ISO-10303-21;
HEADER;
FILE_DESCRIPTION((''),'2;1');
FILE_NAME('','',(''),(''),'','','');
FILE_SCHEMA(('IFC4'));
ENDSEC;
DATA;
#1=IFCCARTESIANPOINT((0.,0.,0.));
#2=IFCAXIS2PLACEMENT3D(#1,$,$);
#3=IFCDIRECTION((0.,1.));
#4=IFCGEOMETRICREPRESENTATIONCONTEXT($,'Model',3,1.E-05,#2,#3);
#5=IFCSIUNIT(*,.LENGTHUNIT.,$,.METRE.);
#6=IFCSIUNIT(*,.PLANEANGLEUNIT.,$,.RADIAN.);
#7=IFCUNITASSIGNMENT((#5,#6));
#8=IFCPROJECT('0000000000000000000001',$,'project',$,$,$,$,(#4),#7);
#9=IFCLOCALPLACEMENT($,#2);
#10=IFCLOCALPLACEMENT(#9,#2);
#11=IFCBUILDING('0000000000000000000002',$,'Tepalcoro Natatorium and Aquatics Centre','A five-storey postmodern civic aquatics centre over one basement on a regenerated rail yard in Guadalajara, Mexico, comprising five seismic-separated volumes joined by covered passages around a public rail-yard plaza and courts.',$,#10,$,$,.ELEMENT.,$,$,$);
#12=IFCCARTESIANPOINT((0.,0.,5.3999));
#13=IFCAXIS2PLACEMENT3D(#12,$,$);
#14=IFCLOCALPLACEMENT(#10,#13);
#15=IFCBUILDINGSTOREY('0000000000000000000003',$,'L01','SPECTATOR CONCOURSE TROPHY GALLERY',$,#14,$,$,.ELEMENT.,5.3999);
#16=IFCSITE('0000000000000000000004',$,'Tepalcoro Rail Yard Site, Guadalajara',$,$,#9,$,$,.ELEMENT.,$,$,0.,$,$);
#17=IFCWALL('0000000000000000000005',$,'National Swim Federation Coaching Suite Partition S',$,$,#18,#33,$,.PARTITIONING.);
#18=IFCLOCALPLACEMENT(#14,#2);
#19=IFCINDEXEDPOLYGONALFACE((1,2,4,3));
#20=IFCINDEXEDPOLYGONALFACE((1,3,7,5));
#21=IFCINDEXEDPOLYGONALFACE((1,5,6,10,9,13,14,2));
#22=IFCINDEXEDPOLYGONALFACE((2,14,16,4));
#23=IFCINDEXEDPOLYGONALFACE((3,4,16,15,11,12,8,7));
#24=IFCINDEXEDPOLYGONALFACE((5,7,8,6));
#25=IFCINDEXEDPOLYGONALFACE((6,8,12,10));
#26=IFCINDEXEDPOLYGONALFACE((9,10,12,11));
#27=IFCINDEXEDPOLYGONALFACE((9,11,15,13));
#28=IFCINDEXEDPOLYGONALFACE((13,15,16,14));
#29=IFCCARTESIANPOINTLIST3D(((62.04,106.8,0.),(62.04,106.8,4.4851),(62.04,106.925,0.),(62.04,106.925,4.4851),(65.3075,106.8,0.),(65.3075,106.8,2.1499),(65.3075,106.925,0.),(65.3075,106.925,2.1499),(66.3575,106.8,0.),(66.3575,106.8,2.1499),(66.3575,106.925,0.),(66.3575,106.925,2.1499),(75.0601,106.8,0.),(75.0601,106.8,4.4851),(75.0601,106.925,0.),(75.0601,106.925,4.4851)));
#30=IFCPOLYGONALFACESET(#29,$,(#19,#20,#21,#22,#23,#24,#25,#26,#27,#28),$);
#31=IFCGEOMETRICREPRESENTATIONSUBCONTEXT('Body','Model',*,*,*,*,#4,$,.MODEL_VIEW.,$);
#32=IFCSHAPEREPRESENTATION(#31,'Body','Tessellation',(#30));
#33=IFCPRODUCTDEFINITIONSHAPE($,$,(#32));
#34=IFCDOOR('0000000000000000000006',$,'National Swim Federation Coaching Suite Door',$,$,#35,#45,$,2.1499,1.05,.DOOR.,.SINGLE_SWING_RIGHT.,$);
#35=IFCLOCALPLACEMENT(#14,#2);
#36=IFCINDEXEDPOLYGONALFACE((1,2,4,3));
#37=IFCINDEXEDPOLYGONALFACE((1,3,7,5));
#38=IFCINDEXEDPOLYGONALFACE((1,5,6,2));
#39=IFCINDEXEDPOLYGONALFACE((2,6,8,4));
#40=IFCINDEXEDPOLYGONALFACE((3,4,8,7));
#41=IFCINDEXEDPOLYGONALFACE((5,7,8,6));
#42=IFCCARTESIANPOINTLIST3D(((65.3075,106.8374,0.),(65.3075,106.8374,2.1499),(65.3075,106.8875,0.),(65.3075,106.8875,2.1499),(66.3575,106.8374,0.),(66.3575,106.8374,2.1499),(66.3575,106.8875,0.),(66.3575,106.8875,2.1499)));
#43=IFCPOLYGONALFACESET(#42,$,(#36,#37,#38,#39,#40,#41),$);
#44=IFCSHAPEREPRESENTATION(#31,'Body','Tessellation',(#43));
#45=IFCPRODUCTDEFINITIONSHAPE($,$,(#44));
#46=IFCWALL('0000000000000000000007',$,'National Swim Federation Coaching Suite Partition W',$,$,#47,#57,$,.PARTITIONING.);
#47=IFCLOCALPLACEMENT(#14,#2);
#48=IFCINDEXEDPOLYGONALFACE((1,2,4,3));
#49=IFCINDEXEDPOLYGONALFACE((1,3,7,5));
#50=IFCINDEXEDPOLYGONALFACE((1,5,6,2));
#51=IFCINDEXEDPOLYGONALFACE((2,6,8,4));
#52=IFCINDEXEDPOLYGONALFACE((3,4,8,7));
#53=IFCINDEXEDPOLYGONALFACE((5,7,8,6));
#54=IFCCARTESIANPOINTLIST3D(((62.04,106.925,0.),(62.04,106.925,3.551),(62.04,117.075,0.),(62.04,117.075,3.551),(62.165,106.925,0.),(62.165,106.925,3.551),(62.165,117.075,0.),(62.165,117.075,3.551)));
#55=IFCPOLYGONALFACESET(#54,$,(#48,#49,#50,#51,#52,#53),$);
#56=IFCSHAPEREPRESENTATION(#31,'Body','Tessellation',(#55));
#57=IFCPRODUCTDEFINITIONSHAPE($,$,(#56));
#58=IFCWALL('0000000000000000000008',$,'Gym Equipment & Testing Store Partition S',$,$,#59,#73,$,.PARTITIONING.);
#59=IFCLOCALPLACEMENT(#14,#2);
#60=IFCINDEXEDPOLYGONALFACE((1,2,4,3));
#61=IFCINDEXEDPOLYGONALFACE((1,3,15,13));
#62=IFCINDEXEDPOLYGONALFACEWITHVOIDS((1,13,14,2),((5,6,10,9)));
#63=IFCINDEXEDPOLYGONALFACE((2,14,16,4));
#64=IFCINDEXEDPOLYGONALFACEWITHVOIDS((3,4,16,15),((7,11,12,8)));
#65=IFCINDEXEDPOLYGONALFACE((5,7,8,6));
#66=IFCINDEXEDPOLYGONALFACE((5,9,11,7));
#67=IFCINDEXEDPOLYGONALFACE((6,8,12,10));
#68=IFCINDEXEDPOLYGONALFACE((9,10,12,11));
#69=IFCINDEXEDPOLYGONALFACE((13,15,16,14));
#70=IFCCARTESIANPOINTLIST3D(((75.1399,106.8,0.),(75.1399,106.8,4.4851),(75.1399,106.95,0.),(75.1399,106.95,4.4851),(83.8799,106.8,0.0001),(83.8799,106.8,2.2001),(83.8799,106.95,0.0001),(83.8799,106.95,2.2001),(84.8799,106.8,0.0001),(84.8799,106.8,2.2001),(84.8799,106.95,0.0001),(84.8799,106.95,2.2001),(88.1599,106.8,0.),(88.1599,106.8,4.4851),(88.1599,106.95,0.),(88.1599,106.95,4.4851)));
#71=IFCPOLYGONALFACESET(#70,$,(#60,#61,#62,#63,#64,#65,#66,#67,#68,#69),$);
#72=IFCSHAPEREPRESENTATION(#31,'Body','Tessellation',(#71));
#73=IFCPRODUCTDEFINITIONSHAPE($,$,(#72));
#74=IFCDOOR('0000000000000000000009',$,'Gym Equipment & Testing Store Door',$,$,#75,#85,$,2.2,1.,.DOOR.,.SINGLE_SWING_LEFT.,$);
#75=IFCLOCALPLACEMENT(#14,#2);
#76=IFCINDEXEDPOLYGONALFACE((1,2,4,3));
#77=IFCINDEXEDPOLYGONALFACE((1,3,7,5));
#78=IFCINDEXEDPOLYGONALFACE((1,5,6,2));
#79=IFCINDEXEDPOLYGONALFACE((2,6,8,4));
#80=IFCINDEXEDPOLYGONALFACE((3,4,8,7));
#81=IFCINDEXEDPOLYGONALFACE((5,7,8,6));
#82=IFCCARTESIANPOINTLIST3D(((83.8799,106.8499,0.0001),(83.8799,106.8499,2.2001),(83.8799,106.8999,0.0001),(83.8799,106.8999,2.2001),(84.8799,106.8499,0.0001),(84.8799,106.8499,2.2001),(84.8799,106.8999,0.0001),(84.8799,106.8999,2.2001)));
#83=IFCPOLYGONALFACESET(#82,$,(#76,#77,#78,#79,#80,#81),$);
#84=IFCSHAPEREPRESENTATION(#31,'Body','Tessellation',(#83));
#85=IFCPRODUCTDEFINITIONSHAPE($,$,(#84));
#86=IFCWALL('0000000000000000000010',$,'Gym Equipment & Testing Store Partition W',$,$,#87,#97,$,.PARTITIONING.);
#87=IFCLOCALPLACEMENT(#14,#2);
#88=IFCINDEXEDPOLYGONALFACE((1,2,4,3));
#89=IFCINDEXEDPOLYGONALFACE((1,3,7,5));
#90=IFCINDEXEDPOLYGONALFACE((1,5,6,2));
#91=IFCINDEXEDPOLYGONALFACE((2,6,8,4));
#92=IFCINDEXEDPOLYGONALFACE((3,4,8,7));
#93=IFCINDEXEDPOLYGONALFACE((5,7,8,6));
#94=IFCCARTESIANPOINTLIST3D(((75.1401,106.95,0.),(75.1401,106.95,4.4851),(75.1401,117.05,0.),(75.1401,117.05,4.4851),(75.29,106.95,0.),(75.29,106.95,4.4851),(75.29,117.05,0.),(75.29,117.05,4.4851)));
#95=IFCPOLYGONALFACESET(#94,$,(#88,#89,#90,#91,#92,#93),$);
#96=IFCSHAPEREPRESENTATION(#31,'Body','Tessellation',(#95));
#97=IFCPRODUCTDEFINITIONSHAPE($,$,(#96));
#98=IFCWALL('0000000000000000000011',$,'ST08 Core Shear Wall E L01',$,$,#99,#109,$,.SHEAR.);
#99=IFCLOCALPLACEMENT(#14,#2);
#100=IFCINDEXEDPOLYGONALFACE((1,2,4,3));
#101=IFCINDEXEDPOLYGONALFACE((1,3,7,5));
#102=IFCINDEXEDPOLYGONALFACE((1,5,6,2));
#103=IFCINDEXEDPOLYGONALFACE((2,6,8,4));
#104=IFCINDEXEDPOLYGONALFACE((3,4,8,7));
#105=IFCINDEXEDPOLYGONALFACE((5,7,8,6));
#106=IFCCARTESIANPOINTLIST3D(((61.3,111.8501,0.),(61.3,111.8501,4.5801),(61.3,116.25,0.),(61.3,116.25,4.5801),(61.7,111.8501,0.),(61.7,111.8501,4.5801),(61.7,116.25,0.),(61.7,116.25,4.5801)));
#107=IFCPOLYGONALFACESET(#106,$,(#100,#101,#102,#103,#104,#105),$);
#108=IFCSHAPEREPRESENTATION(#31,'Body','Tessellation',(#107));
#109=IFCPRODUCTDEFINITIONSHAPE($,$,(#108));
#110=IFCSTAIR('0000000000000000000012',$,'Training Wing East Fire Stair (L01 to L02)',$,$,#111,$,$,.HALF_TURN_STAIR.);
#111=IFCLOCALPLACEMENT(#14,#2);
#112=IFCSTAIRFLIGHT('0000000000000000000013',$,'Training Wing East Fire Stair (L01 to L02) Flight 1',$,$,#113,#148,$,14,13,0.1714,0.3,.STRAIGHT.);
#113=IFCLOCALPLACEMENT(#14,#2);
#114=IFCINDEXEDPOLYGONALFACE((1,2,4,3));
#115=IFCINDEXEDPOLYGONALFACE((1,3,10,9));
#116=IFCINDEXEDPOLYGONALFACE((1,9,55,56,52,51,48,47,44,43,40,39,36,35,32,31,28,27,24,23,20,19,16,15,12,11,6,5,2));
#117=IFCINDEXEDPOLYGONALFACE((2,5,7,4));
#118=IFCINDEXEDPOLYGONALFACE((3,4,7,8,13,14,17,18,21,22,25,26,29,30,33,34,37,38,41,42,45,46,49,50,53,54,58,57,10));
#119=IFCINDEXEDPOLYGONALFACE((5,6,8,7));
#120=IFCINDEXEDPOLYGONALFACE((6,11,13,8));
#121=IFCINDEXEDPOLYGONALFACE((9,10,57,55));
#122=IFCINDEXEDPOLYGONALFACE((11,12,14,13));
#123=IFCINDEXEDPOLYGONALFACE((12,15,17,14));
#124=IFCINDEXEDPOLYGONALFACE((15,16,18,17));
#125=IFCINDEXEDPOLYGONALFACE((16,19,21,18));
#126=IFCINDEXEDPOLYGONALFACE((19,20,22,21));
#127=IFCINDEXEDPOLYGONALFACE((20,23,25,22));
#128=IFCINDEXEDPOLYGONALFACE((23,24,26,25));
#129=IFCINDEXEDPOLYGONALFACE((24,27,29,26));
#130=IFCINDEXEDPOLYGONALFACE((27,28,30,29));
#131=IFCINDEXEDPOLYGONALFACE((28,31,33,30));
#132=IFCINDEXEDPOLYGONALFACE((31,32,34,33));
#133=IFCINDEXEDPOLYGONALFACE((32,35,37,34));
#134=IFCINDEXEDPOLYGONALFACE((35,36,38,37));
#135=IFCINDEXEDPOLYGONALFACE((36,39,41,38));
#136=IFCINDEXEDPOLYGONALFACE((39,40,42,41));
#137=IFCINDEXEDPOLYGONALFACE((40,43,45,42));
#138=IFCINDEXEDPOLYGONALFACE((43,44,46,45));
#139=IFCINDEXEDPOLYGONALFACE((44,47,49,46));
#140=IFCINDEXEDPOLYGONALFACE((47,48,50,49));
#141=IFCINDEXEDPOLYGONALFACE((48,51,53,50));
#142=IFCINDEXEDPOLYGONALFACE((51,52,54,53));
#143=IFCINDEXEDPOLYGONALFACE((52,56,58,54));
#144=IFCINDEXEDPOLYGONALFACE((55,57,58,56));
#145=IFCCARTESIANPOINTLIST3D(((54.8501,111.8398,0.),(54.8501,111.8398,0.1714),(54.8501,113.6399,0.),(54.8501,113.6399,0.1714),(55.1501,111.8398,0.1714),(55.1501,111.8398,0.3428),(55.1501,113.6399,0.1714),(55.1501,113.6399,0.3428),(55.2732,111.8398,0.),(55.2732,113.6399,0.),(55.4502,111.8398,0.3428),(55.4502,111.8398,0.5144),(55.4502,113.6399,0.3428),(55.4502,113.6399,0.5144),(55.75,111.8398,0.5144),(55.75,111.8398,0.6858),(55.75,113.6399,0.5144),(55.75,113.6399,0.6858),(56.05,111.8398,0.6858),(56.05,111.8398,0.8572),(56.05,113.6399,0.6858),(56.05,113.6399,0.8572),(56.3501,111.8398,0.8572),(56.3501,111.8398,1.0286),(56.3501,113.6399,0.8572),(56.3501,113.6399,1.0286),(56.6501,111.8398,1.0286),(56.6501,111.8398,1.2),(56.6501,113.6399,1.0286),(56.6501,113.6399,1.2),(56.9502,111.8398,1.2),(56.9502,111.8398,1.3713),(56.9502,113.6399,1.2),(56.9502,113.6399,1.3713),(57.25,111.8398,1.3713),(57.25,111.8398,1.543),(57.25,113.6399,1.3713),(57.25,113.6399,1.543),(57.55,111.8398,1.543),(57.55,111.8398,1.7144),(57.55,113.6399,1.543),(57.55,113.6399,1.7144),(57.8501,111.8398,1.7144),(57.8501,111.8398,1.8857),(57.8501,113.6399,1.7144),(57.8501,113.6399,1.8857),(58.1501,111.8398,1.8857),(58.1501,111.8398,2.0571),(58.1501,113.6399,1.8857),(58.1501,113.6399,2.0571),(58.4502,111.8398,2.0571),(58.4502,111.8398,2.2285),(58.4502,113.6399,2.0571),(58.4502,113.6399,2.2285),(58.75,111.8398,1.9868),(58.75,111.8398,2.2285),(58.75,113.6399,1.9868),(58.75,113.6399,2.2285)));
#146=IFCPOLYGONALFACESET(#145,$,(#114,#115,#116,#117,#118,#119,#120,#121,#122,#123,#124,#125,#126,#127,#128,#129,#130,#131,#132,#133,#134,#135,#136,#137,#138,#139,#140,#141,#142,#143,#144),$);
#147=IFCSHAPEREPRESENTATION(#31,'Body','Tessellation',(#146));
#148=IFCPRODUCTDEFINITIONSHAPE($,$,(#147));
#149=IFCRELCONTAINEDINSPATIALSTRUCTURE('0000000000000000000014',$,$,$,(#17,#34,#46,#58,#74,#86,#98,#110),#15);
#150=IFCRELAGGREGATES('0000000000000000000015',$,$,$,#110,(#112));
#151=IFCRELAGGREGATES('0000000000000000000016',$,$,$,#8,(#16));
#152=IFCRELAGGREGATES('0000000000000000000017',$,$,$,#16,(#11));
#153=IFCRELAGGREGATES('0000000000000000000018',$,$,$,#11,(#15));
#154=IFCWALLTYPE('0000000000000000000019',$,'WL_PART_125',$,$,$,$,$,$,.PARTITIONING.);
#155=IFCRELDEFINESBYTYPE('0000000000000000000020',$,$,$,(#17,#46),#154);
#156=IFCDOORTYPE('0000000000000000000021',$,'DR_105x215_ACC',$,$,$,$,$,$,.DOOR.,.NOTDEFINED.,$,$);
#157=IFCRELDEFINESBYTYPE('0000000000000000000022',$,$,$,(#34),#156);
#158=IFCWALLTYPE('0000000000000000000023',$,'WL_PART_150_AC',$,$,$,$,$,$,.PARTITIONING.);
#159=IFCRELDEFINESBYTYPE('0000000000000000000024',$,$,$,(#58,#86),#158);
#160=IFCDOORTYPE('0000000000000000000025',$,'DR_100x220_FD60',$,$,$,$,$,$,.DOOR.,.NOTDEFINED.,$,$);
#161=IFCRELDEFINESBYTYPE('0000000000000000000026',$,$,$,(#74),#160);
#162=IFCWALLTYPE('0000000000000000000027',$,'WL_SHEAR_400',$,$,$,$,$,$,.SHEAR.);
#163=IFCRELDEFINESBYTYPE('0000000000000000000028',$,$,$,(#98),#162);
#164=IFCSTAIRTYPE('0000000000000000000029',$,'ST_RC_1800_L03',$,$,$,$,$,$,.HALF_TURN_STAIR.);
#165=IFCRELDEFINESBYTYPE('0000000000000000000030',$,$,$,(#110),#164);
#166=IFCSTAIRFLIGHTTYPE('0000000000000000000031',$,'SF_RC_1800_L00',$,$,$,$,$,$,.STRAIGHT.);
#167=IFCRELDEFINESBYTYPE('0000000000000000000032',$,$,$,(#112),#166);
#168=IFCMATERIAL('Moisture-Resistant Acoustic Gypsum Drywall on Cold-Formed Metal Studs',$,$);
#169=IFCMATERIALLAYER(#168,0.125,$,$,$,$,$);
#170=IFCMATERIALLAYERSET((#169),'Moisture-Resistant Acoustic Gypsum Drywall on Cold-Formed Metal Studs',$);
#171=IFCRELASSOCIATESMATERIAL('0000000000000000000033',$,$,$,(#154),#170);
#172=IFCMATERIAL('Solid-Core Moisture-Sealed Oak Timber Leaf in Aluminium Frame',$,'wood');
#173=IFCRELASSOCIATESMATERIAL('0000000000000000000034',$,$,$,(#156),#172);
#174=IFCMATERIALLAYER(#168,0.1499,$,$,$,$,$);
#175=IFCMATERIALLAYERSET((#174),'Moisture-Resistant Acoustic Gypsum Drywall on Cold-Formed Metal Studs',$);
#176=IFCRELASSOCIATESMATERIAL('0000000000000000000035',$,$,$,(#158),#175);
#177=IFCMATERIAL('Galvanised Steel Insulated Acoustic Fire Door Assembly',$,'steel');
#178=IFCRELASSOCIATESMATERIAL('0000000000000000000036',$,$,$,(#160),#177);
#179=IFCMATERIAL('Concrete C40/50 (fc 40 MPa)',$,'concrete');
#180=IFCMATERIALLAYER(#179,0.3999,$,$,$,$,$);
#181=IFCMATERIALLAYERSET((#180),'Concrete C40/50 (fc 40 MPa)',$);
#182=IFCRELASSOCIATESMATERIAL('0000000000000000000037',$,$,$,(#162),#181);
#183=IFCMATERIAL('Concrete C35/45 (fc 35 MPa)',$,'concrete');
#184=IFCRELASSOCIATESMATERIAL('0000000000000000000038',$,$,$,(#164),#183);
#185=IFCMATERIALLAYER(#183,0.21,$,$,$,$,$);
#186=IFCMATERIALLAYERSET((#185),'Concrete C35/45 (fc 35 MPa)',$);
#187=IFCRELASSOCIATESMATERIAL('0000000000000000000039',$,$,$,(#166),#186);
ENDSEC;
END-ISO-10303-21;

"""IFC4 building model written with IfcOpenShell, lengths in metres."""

from ifc_helpers import new_model, si_unit, direction, frame, frame_2d, origin, place, context, subcontext, project, spatial, polyline, rectangle, outline, extrude, material, layer, layer_set, type_object, element, fill, aggregate, save


model = new_model("IFC4")

# Units and contexts
model_context = context("Model", 3, precision=1e-05, world=origin(), true_north=direction((0.0, 1.0)))
body_context = subcontext(model_context, "Body", "Model", "MODEL_VIEW")
ifc_project = project(units=[si_unit("LENGTHUNIT", "METRE"), si_unit("PLANEANGLEUNIT", "RADIAN")], contexts=[model_context])

# Site, building, storey
site_placement = place(None, origin())
site = spatial("IfcSite", under=ifc_project, at=site_placement, Name="Tepalcoro Rail Yard Site, Guadalajara", CompositionType="ELEMENT", RefElevation=0.0)
building_placement = place(site_placement, origin())
building = spatial("IfcBuilding", under=site, at=building_placement, Name="Tepalcoro Natatorium and Aquatics Centre", Description="A five-storey postmodern civic aquatics centre over one basement on a regenerated rail yard in Guadalajara, Mexico, comprising five seismic-separated volumes joined by covered passages around a public rail-yard plaza and courts.", CompositionType="ELEMENT")
storey_placement = place(building_placement, frame((0.0, 0.0, 5.3999)))
storey = spatial("IfcBuildingStorey", under=building, at=storey_placement, Name="L01", Description="SPECTATOR CONCOURSE TROPHY GALLERY", CompositionType="ELEMENT", Elevation=5.3999)

# Shared definitions
ifc_material_1 = material(Name="Concrete C40/50 (fc 40 MPa)", Category="concrete")

# Wall, opening, door
ifc_material_2 = material(Name="Moisture-Resistant Acoustic Gypsum Drywall on Cold-Formed Metal Studs")
ifc_layer_1 = layer(ifc_material_2, 0.125)
ifc_layer_set_1 = layer_set([ifc_layer_1], Name="Moisture-Resistant Acoustic Gypsum Drywall on Cold-Formed Metal Studs")
wall_type_1 = type_object("IfcWallType", Name="WL_PART_125", PredefinedType="PARTITIONING", material=ifc_layer_set_1)
wall_1_placement = place(storey_placement, frame((62.04, 106.8625, 0.0), z_axis=(0.0, 0.0, 1.0), x_axis=(1.0, 0.0, 0.0)))
wall_1 = element("IfcWall", 1, at=wall_1_placement, inside=storey, type_object=wall_type_1, Name="National Swim Federation Coaching Suite Partition S", PredefinedType="PARTITIONING", context=body_context, shape_type="SweptSolid", body=[
    extrude(rectangle(XDim=13.02, YDim=0.125, at=frame_2d((6.51, 0.0))), origin(), (0.0, 0.0, 1.0), 4.4851),
])
opening_1_placement = place(wall_1_placement, frame((3.2676, 0.0, 0.0)))
opening_1 = element("IfcOpeningElement", 2, at=opening_1_placement, cuts=wall_1, PredefinedType="OPENING", context=body_context, shape_type="SweptSolid", body=[
    extrude(rectangle(XDim=1.05, YDim=2.1499, at=frame_2d((0.5249, 1.075))), frame((0.0, 0.0745, 0.0), z_axis=(0.0, -1.0, 0.0), x_axis=(1.0, 0.0, 0.0)), (0.0, 0.0, 1.0), 0.1489),
])
ifc_material_3 = material(Name="Solid-Core Moisture-Sealed Oak Timber Leaf in Aluminium Frame", Category="wood")
door_type_1 = type_object("IfcDoorType", Name="DR_105x215_ACC", OperationType="NOTDEFINED", PredefinedType="DOOR", material=ifc_material_3)
door_1_placement = place(opening_1_placement, origin())
door_1 = element("IfcDoor", 3, at=door_1_placement, inside=storey, type_object=door_type_1, Name="National Swim Federation Coaching Suite Door", OperationType="SINGLE_SWING_RIGHT", OverallHeight=2.1499, OverallWidth=1.05, PredefinedType="DOOR", context=body_context, shape_type="SweptSolid", body=[
    extrude(rectangle(XDim=1.05, YDim=2.1499, at=frame_2d((0.5249, 1.075))), frame((0.0, 0.0249, 0.0), z_axis=(0.0, -1.0, 0.0), x_axis=(1.0, 0.0, 0.0)), (0.0, 0.0, 1.0), 0.05),
])
fill(opening_1, door_1)

# Wall
wall_2_placement = place(storey_placement, frame((62.1025, 106.925, 0.0), z_axis=(0.0, 0.0, 1.0), x_axis=(0.0, 1.0, 0.0)))
element("IfcWall", 4, at=wall_2_placement, inside=storey, type_object=wall_type_1, Name="National Swim Federation Coaching Suite Partition W", PredefinedType="PARTITIONING", context=body_context, shape_type="SweptSolid", body=[
    extrude(rectangle(XDim=10.1499, YDim=0.125, at=frame_2d((5.075, 0.0))), origin(), (0.0, 0.0, 1.0), 3.551),
])

# Wall, opening, door
ifc_layer_2 = layer(ifc_material_2, 0.1499)
ifc_layer_set_2 = layer_set([ifc_layer_2], Name="Moisture-Resistant Acoustic Gypsum Drywall on Cold-Formed Metal Studs")
wall_type_2 = type_object("IfcWallType", Name="WL_PART_150_AC", PredefinedType="PARTITIONING", material=ifc_layer_set_2)
wall_3_placement = place(storey_placement, frame((75.1399, 106.875, 0.0), z_axis=(0.0, 0.0, 1.0), x_axis=(1.0, 0.0, 0.0)))
wall_3 = element("IfcWall", 5, at=wall_3_placement, inside=storey, type_object=wall_type_2, Name="Gym Equipment & Testing Store Partition S", PredefinedType="PARTITIONING", context=body_context, shape_type="SweptSolid", body=[
    extrude(rectangle(XDim=13.02, YDim=0.1499, at=frame_2d((6.51, 0.0))), origin(), (0.0, 0.0, 1.0), 4.4851),
])
opening_2_placement = place(wall_3_placement, frame((8.74, 0.0, 0.0)))
opening_2 = element("IfcOpeningElement", 6, at=opening_2_placement, cuts=wall_3, PredefinedType="OPENING", context=body_context, shape_type="SweptSolid", body=[
    extrude(rectangle(XDim=1.0, YDim=2.2, at=frame_2d((0.5, 1.1001))), frame((0.0, 0.0869, 0.0), z_axis=(0.0, -1.0, 0.0), x_axis=(1.0, 0.0, 0.0)), (0.0, 0.0, 1.0), 0.1738),
])
ifc_material_4 = material(Name="Galvanised Steel Insulated Acoustic Fire Door Assembly", Category="steel")
door_type_2 = type_object("IfcDoorType", Name="DR_100x220_FD60", OperationType="NOTDEFINED", PredefinedType="DOOR", material=ifc_material_4)
door_2_placement = place(opening_2_placement, origin())
door_2 = element("IfcDoor", 7, at=door_2_placement, inside=storey, type_object=door_type_2, Name="Gym Equipment & Testing Store Door", OperationType="SINGLE_SWING_LEFT", OverallHeight=2.2, OverallWidth=1.0, PredefinedType="DOOR", context=body_context, shape_type="SweptSolid", body=[
    extrude(rectangle(XDim=1.0, YDim=2.2, at=frame_2d((0.5, 1.1001))), frame((0.0, 0.0249, 0.0), z_axis=(0.0, -1.0, 0.0), x_axis=(1.0, 0.0, 0.0)), (0.0, 0.0, 1.0), 0.05),
])
fill(opening_2, door_2)

# Walls
wall_4_placement = place(storey_placement, frame((75.2151, 106.95, 0.0), z_axis=(0.0, 0.0, 1.0), x_axis=(0.0, 1.0, 0.0)))
element("IfcWall", 8, at=wall_4_placement, inside=storey, type_object=wall_type_2, Name="Gym Equipment & Testing Store Partition W", PredefinedType="PARTITIONING", context=body_context, shape_type="SweptSolid", body=[
    extrude(rectangle(XDim=10.1001, YDim=0.1499, at=frame_2d((5.05, 0.0))), origin(), (0.0, 0.0, 1.0), 4.4851),
])
ifc_layer_3 = layer(ifc_material_1, 0.3999)
ifc_layer_set_3 = layer_set([ifc_layer_3], Name="Concrete C40/50 (fc 40 MPa)")
wall_type_3 = type_object("IfcWallType", Name="WL_SHEAR_400", PredefinedType="SHEAR", material=ifc_layer_set_3)
wall_5_placement = place(storey_placement, frame((61.5, 111.8501, 0.0), z_axis=(0.0, 0.0, 1.0), x_axis=(0.0, 1.0, 0.0)))
element("IfcWall", 9, at=wall_5_placement, inside=storey, type_object=wall_type_3, Name="ST08 Core Shear Wall E L01", PredefinedType="SHEAR", context=body_context, shape_type="SweptSolid", body=[
    extrude(rectangle(XDim=4.3999, YDim=0.3999, at=frame_2d((2.2, 0.0))), origin(), (0.0, 0.0, 1.0), 4.5801),
])

# Stair, stair flight
ifc_material_5 = material(Name="Concrete C35/45 (fc 35 MPa)", Category="concrete")
stair_type = type_object("IfcStairType", Name="ST_RC_1800_L03", PredefinedType="HALF_TURN_STAIR", material=ifc_material_5)
stair_placement = place(storey_placement, origin())
stair = element("IfcStair", 10, at=stair_placement, inside=storey, type_object=stair_type, Name="Training Wing East Fire Stair (L01 to L02)", PredefinedType="HALF_TURN_STAIR")
ifc_layer_4 = layer(ifc_material_5, 0.21)
ifc_layer_set_4 = layer_set([ifc_layer_4], Name="Concrete C35/45 (fc 35 MPa)")
stair_flight_type = type_object("IfcStairFlightType", Name="SF_RC_1800_L00", PredefinedType="STRAIGHT", material=ifc_layer_set_4)
stair_flight_placement = place(storey_placement, frame((54.8501, 112.74, 0.0), z_axis=(0.0, 0.0, 1.0), x_axis=(1.0, 0.0, 0.0)))
stair_flight = element("IfcStairFlight", 11, at=stair_flight_placement, type_object=stair_flight_type, Name="Training Wing East Fire Stair (L01 to L02) Flight 1", NumberOfRisers=14, NumberOfTreads=13, PredefinedType="STRAIGHT", RiserHeight=0.1714, TreadLength=0.3, context=body_context, shape_type="SweptSolid", body=[
    extrude(outline(polyline([(0.0, 0.0), (0.0, 0.1714), (0.3, 0.1714), (0.3, 0.3428), (0.6001, 0.3428), (0.6001, 0.5144), (0.8999, 0.5144), (0.8999, 0.6858), (1.2, 0.6858), (1.2, 0.8572), (1.5, 0.8572), (1.5, 1.0286), (1.8, 1.0286), (1.8, 1.2), (2.1001, 1.2), (2.1001, 1.3713), (2.3999, 1.3713), (2.3999, 1.543), (2.7, 1.543), (2.7, 1.7144), (3.0, 1.7144), (3.0, 1.8857), (3.3, 1.8857), (3.3, 2.0571), (3.6001, 2.0571), (3.6001, 2.2285), (3.8999, 2.2285), (3.8999, 2.3999), (3.8999, 1.9868), (0.4231, 0.0), (0.0, 0.0)])), frame((0.0, 0.8999, 0.0), z_axis=(0.0, -1.0, 0.0), x_axis=(1.0, 0.0, 0.0)), (0.0, 0.0, 1.0), 1.8),
])
aggregate(stair, [stair_flight])

save(model, "model.ifc")
